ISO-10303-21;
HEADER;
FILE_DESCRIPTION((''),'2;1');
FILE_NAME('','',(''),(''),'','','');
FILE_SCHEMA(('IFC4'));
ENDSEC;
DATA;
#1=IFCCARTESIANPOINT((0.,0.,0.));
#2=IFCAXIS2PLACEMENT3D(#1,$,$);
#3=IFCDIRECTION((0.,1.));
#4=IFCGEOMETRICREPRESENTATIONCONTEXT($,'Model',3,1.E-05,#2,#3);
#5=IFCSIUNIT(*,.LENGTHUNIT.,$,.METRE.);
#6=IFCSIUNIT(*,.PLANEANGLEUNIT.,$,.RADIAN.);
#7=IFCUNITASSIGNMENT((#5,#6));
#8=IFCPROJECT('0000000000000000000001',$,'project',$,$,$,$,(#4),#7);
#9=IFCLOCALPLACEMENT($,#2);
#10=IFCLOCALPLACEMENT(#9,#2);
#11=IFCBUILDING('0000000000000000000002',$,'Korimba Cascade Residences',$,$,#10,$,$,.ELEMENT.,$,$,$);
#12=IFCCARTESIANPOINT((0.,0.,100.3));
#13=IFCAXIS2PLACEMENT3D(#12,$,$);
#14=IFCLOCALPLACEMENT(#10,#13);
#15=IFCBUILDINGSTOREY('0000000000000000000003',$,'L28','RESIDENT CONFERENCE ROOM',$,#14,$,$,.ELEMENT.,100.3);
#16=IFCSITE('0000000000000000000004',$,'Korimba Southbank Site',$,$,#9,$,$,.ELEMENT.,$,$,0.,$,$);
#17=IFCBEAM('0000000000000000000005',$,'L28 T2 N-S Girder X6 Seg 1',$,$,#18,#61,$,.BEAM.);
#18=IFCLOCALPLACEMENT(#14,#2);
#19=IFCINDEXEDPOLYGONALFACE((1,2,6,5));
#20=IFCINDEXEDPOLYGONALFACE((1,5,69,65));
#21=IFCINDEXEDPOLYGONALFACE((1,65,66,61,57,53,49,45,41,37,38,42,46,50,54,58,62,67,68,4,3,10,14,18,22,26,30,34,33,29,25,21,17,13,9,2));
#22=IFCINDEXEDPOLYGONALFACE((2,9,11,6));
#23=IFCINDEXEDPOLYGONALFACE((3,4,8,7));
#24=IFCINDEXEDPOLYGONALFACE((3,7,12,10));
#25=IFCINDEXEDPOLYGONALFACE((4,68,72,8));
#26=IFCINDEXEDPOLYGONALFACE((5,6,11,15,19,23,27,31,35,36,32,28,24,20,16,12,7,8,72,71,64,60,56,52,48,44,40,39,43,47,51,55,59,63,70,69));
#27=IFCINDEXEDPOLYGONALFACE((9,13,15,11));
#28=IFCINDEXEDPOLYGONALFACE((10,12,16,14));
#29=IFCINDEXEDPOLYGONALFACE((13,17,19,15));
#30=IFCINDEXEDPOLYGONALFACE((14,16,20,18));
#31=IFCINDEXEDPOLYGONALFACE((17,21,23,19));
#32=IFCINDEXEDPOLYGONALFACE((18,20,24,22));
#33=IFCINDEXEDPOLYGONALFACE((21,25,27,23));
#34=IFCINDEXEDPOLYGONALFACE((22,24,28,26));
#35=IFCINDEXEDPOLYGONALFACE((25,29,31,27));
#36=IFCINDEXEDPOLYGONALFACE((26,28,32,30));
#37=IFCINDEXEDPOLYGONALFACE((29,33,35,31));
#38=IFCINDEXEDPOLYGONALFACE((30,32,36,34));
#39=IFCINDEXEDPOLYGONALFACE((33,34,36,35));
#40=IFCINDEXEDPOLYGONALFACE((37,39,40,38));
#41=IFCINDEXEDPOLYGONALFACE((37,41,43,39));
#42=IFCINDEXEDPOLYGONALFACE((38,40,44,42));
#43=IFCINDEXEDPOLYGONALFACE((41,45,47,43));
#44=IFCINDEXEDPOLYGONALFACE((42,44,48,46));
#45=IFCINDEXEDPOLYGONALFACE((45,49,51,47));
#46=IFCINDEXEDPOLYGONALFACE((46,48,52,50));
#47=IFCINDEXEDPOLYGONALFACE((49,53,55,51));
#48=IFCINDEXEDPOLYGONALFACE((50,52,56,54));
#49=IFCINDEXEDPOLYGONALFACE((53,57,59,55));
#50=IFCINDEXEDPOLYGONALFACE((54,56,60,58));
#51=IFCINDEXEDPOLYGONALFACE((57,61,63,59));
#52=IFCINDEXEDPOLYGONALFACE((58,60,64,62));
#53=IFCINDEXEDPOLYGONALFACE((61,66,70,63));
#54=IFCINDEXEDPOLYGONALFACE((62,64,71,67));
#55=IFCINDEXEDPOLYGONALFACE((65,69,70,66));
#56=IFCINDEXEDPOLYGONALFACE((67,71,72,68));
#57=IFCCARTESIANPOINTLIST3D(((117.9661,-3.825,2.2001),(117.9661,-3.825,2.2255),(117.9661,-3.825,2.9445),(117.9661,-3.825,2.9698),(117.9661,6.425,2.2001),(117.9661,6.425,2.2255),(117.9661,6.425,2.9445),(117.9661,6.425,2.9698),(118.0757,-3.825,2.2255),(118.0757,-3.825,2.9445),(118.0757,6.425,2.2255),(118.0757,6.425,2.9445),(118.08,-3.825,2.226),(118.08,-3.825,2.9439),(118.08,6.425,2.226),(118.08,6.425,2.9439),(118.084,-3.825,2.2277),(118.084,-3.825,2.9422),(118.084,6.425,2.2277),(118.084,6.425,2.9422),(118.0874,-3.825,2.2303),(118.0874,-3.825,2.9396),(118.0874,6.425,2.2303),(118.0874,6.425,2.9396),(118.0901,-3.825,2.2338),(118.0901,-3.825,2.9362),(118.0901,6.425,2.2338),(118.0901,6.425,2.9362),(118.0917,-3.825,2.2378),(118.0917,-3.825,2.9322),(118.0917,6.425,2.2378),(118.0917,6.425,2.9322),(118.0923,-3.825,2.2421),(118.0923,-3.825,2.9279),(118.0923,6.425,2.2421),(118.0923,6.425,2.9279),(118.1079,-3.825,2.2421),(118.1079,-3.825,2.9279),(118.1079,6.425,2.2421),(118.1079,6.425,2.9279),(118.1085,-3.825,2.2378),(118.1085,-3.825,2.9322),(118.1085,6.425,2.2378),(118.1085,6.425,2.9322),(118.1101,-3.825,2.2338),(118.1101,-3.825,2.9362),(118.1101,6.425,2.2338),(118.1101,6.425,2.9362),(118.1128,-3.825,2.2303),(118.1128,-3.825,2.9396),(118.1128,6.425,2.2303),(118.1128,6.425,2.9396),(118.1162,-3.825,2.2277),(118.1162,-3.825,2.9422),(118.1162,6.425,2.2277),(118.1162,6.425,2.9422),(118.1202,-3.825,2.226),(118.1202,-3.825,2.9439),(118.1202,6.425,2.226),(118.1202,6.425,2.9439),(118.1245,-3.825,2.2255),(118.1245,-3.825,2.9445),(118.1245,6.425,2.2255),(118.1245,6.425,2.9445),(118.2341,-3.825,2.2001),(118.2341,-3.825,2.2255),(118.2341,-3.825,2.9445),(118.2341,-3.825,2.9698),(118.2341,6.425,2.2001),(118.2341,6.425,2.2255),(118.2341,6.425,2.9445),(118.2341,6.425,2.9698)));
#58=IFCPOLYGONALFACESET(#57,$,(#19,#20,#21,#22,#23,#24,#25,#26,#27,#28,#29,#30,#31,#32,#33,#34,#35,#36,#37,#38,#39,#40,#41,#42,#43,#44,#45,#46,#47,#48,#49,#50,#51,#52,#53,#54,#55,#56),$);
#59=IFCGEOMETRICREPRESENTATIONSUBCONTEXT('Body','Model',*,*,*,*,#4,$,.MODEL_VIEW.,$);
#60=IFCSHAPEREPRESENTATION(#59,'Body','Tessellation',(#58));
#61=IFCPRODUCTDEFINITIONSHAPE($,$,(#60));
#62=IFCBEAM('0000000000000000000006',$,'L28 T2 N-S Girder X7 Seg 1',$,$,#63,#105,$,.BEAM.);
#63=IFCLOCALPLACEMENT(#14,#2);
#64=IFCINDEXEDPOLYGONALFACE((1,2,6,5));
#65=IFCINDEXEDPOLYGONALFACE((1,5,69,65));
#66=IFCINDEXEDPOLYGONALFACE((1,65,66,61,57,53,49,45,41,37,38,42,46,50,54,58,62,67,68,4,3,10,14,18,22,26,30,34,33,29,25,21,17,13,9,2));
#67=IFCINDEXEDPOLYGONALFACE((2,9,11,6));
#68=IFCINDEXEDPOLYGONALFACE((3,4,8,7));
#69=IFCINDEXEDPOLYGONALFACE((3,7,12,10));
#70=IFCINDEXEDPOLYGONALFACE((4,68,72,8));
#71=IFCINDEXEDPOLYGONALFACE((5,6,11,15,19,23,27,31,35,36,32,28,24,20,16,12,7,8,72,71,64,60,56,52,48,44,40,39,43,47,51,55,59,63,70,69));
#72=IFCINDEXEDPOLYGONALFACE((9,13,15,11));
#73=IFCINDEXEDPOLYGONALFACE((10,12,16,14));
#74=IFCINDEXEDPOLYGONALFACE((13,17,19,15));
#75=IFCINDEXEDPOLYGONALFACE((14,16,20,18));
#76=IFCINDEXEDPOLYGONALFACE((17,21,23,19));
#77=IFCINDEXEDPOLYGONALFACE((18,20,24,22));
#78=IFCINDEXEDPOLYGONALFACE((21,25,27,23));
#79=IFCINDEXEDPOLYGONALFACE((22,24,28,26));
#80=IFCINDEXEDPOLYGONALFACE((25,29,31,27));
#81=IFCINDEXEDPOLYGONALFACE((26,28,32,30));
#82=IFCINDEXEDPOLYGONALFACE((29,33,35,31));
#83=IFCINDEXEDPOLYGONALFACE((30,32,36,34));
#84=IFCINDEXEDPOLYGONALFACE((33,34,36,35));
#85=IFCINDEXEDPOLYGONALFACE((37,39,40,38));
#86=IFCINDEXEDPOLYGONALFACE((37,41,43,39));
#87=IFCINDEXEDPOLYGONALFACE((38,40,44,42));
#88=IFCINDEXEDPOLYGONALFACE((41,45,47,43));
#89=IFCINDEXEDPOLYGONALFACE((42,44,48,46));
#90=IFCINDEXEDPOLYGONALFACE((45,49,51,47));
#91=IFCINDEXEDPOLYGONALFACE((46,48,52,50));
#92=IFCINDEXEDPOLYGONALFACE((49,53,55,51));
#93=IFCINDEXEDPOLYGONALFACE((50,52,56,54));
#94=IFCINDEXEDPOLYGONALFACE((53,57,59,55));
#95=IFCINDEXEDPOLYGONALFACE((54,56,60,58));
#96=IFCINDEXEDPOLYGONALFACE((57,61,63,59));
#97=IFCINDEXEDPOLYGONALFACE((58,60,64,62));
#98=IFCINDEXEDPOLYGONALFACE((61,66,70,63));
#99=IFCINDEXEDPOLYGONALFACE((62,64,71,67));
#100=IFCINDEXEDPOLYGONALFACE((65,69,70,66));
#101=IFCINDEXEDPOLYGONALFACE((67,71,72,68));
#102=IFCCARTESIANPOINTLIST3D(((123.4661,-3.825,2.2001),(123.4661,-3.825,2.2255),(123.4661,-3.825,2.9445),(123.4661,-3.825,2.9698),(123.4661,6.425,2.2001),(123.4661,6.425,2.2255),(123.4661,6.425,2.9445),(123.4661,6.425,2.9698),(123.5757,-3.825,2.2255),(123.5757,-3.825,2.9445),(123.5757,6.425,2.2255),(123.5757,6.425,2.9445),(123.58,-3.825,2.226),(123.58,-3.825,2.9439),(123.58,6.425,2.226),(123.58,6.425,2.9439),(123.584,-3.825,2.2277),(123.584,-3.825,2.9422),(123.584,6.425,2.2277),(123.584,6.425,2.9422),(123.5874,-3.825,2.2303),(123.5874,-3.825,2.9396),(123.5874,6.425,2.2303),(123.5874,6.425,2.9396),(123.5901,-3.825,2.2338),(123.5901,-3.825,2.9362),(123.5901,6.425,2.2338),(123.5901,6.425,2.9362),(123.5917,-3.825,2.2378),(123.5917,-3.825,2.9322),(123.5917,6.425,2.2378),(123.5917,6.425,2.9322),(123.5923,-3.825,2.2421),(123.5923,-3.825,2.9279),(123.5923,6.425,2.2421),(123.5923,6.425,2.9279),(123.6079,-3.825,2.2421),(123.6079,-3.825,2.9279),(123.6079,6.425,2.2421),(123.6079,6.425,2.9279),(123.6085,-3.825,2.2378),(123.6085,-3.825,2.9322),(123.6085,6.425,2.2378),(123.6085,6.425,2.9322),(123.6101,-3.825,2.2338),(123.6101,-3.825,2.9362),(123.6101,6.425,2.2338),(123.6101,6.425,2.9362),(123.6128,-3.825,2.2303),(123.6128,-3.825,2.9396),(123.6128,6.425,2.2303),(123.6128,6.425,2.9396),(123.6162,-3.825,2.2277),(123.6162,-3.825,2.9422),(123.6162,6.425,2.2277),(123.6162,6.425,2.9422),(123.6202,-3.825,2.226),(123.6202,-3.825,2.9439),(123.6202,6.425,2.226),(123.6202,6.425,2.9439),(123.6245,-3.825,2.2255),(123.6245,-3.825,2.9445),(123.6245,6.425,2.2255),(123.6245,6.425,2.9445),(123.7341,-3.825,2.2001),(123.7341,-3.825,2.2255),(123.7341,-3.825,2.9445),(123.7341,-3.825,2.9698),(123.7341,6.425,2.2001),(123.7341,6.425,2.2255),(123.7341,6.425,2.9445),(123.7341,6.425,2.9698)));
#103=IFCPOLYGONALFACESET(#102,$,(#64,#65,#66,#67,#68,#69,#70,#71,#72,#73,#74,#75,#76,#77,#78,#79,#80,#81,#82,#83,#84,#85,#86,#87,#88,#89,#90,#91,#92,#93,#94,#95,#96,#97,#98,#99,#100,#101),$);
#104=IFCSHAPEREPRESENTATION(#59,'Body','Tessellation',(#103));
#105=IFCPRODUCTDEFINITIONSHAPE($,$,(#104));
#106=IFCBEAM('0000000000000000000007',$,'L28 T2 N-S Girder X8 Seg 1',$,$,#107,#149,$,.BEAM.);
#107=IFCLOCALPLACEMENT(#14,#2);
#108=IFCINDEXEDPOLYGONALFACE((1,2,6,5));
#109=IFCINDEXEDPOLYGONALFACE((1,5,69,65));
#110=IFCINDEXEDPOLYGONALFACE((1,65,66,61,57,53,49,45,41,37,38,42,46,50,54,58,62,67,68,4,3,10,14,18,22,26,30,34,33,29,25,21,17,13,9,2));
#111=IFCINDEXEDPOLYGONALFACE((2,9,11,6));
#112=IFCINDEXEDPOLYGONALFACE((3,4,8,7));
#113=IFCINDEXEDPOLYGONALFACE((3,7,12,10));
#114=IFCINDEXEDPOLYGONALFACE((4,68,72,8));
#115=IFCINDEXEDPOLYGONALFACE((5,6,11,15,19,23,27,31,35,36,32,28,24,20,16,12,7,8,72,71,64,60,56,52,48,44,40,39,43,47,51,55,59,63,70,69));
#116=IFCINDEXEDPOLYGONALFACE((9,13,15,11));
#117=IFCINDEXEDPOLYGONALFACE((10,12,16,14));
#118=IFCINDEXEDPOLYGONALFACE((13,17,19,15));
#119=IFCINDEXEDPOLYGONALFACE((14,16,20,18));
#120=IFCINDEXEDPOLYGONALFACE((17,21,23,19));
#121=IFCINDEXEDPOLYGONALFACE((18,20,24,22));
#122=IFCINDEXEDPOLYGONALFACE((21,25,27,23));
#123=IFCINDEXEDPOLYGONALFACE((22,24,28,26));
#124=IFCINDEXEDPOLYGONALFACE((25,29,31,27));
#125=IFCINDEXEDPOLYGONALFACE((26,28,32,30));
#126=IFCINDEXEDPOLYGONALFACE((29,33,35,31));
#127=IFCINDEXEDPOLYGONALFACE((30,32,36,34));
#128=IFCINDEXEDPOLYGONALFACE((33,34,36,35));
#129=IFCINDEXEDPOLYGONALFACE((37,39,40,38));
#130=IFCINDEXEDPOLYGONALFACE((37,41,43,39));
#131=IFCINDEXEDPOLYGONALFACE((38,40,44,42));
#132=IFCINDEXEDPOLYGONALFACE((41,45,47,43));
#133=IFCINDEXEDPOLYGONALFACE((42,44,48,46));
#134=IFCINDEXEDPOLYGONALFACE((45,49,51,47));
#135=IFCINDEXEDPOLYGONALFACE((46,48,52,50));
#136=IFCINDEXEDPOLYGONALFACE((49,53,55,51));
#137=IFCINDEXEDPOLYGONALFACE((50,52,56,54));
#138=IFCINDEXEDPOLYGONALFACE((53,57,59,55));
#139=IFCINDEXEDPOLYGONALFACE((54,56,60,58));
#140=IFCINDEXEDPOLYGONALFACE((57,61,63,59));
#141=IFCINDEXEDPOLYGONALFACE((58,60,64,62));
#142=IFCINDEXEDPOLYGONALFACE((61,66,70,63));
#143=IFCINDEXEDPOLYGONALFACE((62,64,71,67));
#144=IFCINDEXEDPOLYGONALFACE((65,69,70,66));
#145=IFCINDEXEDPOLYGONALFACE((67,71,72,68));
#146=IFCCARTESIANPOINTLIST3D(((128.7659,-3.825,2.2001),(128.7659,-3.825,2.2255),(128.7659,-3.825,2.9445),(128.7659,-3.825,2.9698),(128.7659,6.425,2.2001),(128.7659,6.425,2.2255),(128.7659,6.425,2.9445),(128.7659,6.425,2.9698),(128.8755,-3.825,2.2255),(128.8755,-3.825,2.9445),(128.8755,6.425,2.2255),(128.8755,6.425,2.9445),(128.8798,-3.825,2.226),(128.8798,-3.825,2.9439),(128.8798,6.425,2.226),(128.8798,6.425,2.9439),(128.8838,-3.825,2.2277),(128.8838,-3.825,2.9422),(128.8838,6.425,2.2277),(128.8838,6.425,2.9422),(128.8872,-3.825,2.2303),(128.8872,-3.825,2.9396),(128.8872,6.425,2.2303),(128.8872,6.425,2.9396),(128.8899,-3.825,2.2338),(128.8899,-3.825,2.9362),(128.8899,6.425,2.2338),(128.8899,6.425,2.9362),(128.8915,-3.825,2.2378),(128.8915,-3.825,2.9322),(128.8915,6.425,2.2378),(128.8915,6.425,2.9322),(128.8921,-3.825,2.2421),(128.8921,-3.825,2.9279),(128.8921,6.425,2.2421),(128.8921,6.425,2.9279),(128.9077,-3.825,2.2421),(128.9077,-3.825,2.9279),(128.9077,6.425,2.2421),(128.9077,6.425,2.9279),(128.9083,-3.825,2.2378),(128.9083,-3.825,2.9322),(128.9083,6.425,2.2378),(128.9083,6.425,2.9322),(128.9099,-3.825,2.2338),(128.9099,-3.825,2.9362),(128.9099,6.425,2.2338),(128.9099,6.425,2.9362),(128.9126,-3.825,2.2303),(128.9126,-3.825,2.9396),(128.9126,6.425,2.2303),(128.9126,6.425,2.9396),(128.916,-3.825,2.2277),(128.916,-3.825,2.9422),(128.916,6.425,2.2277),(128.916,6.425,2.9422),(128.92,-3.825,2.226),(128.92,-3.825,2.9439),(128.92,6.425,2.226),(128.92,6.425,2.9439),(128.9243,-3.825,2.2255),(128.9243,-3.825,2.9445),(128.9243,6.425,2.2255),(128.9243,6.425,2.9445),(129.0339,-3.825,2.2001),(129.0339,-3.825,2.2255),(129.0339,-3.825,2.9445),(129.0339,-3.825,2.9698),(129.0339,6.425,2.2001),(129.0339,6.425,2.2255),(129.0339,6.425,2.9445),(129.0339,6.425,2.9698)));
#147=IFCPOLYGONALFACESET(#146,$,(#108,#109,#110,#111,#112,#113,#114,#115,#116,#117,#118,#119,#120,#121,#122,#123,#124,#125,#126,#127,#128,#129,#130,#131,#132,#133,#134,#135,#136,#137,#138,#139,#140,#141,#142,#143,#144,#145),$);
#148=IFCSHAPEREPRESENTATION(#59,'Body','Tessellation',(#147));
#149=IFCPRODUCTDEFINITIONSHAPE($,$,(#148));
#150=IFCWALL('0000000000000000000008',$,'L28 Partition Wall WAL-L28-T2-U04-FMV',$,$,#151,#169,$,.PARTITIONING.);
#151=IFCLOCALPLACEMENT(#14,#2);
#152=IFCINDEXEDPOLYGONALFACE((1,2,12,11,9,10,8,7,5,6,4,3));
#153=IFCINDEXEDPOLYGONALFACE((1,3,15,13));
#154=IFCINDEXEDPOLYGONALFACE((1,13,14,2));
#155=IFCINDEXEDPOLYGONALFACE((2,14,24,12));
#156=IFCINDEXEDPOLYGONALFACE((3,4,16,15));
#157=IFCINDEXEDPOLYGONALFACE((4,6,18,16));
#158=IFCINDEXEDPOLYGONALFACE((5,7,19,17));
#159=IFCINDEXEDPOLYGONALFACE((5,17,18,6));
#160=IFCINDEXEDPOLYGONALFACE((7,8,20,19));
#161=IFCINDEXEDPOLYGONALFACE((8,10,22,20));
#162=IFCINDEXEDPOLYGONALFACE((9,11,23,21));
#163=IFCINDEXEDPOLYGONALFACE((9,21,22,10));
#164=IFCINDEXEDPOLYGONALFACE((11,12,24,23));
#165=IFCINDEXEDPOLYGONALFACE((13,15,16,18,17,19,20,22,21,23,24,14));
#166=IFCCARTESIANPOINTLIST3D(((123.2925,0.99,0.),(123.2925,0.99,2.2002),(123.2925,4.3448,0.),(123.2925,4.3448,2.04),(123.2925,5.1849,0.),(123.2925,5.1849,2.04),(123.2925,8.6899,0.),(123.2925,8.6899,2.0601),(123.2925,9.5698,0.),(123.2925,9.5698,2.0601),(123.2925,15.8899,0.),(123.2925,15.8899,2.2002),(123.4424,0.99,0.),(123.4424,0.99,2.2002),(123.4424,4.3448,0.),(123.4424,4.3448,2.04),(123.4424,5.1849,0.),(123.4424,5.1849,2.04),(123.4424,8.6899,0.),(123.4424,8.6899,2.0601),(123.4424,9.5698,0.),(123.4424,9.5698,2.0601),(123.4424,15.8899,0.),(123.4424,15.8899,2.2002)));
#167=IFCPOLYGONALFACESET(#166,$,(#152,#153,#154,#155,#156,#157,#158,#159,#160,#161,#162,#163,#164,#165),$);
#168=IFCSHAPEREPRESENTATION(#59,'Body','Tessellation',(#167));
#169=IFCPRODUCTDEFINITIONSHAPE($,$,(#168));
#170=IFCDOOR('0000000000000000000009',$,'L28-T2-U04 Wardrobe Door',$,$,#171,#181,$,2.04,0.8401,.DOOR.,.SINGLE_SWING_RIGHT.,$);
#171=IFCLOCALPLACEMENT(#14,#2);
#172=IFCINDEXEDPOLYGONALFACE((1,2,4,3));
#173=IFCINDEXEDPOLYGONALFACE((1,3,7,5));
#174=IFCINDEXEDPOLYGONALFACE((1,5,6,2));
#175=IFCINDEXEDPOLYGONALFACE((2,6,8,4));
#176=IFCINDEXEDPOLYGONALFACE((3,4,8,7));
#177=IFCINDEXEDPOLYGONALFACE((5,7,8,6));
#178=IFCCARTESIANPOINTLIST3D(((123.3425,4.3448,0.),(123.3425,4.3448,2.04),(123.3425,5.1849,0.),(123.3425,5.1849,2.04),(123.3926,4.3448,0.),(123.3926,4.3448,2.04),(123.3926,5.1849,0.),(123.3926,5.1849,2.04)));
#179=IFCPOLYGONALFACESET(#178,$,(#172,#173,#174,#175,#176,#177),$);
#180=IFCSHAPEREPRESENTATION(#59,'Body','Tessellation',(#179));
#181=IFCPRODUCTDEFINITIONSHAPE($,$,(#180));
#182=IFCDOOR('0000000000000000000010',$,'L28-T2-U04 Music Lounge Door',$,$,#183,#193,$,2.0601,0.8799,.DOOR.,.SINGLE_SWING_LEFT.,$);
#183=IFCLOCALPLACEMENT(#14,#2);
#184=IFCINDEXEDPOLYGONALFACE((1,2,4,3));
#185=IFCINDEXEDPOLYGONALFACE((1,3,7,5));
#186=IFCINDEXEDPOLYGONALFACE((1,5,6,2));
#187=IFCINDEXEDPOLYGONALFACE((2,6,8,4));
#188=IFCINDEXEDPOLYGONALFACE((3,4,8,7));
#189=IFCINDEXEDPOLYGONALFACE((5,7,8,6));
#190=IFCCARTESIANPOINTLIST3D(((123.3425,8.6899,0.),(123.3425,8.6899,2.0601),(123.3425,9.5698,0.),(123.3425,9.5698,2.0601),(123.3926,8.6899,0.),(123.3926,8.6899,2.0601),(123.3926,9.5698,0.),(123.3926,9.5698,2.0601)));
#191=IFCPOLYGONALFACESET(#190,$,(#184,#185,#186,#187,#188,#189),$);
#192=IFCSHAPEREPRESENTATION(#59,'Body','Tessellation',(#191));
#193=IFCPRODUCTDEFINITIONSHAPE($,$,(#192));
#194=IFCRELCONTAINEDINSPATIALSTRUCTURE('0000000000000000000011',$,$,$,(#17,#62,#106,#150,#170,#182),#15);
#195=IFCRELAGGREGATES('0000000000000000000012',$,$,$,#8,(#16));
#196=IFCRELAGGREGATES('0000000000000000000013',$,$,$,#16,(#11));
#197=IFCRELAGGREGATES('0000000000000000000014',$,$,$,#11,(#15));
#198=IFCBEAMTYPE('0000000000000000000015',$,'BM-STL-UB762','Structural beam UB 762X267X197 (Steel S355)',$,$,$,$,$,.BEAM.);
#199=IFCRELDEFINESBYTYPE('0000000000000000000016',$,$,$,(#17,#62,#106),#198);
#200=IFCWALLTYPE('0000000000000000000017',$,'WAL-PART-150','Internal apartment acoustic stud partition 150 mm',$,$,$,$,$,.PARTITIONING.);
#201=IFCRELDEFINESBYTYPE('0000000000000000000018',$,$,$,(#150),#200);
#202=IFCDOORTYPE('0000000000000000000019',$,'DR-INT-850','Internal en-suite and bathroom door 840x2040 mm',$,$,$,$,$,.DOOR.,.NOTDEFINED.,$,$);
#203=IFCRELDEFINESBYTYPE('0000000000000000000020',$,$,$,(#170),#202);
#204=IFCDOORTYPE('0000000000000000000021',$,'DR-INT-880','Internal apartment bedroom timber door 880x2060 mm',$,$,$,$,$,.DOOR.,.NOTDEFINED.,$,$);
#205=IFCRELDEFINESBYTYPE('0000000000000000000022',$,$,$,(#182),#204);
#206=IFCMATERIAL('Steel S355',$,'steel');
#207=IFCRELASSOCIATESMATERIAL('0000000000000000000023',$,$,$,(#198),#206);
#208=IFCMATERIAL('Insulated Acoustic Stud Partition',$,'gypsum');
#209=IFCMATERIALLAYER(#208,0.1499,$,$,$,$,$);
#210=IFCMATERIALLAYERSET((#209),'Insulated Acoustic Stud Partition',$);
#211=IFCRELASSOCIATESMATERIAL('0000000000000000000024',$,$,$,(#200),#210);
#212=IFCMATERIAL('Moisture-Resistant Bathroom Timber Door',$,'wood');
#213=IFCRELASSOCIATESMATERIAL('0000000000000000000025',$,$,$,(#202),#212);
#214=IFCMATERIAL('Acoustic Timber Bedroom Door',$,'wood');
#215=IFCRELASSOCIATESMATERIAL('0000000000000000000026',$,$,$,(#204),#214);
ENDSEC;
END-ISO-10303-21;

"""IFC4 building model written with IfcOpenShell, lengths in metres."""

from ifc_helpers import new_model, si_unit, direction, frame, frame_2d, origin, origin_2d, place, context, subcontext, project, spatial, rectangle, i_section, extrude, material, layer, layer_set, material_profile, profile_set, type_object, element, fill, save


model = new_model("IFC4")

# Units and contexts
model_context = context("Model", 3, precision=1e-05, world=origin(), true_north=direction((0.0, 1.0)))
body_context = subcontext(model_context, "Body", "Model", "MODEL_VIEW")
ifc_project = project(units=[si_unit("LENGTHUNIT", "METRE"), si_unit("PLANEANGLEUNIT", "RADIAN")], contexts=[model_context])

# Site, building, storey
site_placement = place(None, origin())
site = spatial("IfcSite", under=ifc_project, at=site_placement, Name="Korimba Southbank Site", CompositionType="ELEMENT", RefElevation=0.0)
building_placement = place(site_placement, origin())
building = spatial("IfcBuilding", under=site, at=building_placement, Name="Korimba Cascade Residences", CompositionType="ELEMENT")
storey_placement = place(building_placement, frame((0.0, 0.0, 100.3)))
storey = spatial("IfcBuildingStorey", under=building, at=storey_placement, Name="L28", Description="RESIDENT CONFERENCE ROOM", CompositionType="ELEMENT", Elevation=100.3)

# Beams
ifc_material_1 = material(Name="Steel S355", Category="steel")
ifc_material_profile_1 = material_profile(ifc_material_1, i_section(OverallWidth=0.2681, OverallDepth=0.7698, WebThickness=0.0156, FlangeThickness=0.0254, FilletRadius=0.0166, at=origin_2d()), Name="Steel S355")
ifc_profile_set_1 = profile_set([ifc_material_profile_1], Name="Steel S355")
beam_type_1 = type_object("IfcBeamType", Name="BM-STL-UB762", Description="Structural beam UB 762X267X197 (Steel S355)", PredefinedType="BEAM", material=ifc_profile_set_1)
for number, where, z_axis, x_axis, name in (
    (1, (118.1001, -3.825, 2.585), (0.0, 1.0, 0.0), (-1.0, 0.0, 0.0), "L28 T2 N-S Girder X6 Seg 1"),
    (2, (123.6001, -3.825, 2.585), (0.0, 1.0, 0.0), (-1.0, 0.0, 0.0), "L28 T2 N-S Girder X7 Seg 1"),
    (3, (128.8999, -3.825, 2.585), (0.0, 1.0, 0.0), (-1.0, 0.0, 0.0), "L28 T2 N-S Girder X8 Seg 1"),
):
    element("IfcBeam", number, at=place(storey_placement, frame(where, z_axis=z_axis, x_axis=x_axis)), inside=storey, type_object=beam_type_1, Name=name, PredefinedType="BEAM", context=body_context, shape_type="SweptSolid", body=[
        extrude(i_section(OverallWidth=0.2681, OverallDepth=0.7698, WebThickness=0.0156, FlangeThickness=0.0254, FilletRadius=0.0166, at=origin_2d()), origin(), (0.0, 0.0, 1.0), 10.25),
    ])

# Wall, openings, doors
ifc_material_2 = material(Name="Insulated Acoustic Stud Partition", Category="gypsum")
ifc_layer = layer(ifc_material_2, 0.1499)
ifc_layer_set = layer_set([ifc_layer], Name="Insulated Acoustic Stud Partition")
wall_type = type_object("IfcWallType", Name="WAL-PART-150", Description="Internal apartment acoustic stud partition 150 mm", PredefinedType="PARTITIONING", material=ifc_layer_set)
wall_1_placement = place(storey_placement, frame((123.3674, 0.99, 0.0), z_axis=(0.0, 0.0, 1.0), x_axis=(0.0, 1.0, 0.0)))
wall_1 = element("IfcWall", 4, at=wall_1_placement, inside=storey, type_object=wall_type, Name="L28 Partition Wall WAL-L28-T2-U04-FMV", PredefinedType="PARTITIONING", context=body_context, shape_type="SweptSolid", body=[
    extrude(rectangle(XDim=14.8999, YDim=0.1499, at=frame_2d((7.45, 0.0))), origin(), (0.0, 0.0, 1.0), 2.2002),
])
opening_1_placement = place(wall_1_placement, frame((3.355, 0.0, 0.0)))
opening_1 = element("IfcOpeningElement", 5, at=opening_1_placement, cuts=wall_1, PredefinedType="OPENING", context=body_context, shape_type="SweptSolid", body=[
    extrude(rectangle(XDim=0.8401, YDim=2.04, at=frame_2d((0.4199, 1.02))), frame((0.0, 0.085, 0.0), z_axis=(0.0, -1.0, 0.0), x_axis=(1.0, 0.0, 0.0)), (0.0, 0.0, 1.0), 0.1699),
])
opening_2_placement = place(wall_1_placement, frame((7.7, 0.0, 0.0)))
opening_2 = element("IfcOpeningElement", 6, at=opening_2_placement, cuts=wall_1, PredefinedType="OPENING", context=body_context, shape_type="SweptSolid", body=[
    extrude(rectangle(XDim=0.8799, YDim=2.0601, at=frame_2d((0.4399, 1.03))), frame((0.0, 0.085, 0.0), z_axis=(0.0, -1.0, 0.0), x_axis=(1.0, 0.0, 0.0)), (0.0, 0.0, 1.0), 0.1699),
])
ifc_material_3 = material(Name="Moisture-Resistant Bathroom Timber Door", Category="wood")
door_type_1 = type_object("IfcDoorType", Name="DR-INT-850", Description="Internal en-suite and bathroom door 840x2040 mm", OperationType="NOTDEFINED", PredefinedType="DOOR", material=ifc_material_3)
door_1_placement = place(opening_1_placement, origin())
door_1 = element("IfcDoor", 7, at=door_1_placement, inside=storey, type_object=door_type_1, Name="L28-T2-U04 Wardrobe Door", OperationType="SINGLE_SWING_RIGHT", OverallHeight=2.04, OverallWidth=0.8401, PredefinedType="DOOR", context=body_context, shape_type="SweptSolid", body=[
    extrude(rectangle(XDim=0.8401, YDim=2.04, at=frame_2d((0.4199, 1.02))), frame((0.0, 0.0249, 0.0), z_axis=(0.0, -1.0, 0.0), x_axis=(1.0, 0.0, 0.0)), (0.0, 0.0, 1.0), 0.05),
])
fill(opening_1, door_1)
ifc_material_4 = material(Name="Acoustic Timber Bedroom Door", Category="wood")
door_type_2 = type_object("IfcDoorType", Name="DR-INT-880", Description="Internal apartment bedroom timber door 880x2060 mm", OperationType="NOTDEFINED", PredefinedType="DOOR", material=ifc_material_4)
door_2_placement = place(opening_2_placement, origin())
door_2 = element("IfcDoor", 8, at=door_2_placement, inside=storey, type_object=door_type_2, Name="L28-T2-U04 Music Lounge Door", OperationType="SINGLE_SWING_LEFT", OverallHeight=2.0601, OverallWidth=0.8799, PredefinedType="DOOR", context=body_context, shape_type="SweptSolid", body=[
    extrude(rectangle(XDim=0.8799, YDim=2.0601, at=frame_2d((0.4399, 1.03))), frame((0.0, 0.0249, 0.0), z_axis=(0.0, -1.0, 0.0), x_axis=(1.0, 0.0, 0.0)), (0.0, 0.0, 1.0), 0.05),
])
fill(opening_2, door_2)

save(model, "model.ifc")
